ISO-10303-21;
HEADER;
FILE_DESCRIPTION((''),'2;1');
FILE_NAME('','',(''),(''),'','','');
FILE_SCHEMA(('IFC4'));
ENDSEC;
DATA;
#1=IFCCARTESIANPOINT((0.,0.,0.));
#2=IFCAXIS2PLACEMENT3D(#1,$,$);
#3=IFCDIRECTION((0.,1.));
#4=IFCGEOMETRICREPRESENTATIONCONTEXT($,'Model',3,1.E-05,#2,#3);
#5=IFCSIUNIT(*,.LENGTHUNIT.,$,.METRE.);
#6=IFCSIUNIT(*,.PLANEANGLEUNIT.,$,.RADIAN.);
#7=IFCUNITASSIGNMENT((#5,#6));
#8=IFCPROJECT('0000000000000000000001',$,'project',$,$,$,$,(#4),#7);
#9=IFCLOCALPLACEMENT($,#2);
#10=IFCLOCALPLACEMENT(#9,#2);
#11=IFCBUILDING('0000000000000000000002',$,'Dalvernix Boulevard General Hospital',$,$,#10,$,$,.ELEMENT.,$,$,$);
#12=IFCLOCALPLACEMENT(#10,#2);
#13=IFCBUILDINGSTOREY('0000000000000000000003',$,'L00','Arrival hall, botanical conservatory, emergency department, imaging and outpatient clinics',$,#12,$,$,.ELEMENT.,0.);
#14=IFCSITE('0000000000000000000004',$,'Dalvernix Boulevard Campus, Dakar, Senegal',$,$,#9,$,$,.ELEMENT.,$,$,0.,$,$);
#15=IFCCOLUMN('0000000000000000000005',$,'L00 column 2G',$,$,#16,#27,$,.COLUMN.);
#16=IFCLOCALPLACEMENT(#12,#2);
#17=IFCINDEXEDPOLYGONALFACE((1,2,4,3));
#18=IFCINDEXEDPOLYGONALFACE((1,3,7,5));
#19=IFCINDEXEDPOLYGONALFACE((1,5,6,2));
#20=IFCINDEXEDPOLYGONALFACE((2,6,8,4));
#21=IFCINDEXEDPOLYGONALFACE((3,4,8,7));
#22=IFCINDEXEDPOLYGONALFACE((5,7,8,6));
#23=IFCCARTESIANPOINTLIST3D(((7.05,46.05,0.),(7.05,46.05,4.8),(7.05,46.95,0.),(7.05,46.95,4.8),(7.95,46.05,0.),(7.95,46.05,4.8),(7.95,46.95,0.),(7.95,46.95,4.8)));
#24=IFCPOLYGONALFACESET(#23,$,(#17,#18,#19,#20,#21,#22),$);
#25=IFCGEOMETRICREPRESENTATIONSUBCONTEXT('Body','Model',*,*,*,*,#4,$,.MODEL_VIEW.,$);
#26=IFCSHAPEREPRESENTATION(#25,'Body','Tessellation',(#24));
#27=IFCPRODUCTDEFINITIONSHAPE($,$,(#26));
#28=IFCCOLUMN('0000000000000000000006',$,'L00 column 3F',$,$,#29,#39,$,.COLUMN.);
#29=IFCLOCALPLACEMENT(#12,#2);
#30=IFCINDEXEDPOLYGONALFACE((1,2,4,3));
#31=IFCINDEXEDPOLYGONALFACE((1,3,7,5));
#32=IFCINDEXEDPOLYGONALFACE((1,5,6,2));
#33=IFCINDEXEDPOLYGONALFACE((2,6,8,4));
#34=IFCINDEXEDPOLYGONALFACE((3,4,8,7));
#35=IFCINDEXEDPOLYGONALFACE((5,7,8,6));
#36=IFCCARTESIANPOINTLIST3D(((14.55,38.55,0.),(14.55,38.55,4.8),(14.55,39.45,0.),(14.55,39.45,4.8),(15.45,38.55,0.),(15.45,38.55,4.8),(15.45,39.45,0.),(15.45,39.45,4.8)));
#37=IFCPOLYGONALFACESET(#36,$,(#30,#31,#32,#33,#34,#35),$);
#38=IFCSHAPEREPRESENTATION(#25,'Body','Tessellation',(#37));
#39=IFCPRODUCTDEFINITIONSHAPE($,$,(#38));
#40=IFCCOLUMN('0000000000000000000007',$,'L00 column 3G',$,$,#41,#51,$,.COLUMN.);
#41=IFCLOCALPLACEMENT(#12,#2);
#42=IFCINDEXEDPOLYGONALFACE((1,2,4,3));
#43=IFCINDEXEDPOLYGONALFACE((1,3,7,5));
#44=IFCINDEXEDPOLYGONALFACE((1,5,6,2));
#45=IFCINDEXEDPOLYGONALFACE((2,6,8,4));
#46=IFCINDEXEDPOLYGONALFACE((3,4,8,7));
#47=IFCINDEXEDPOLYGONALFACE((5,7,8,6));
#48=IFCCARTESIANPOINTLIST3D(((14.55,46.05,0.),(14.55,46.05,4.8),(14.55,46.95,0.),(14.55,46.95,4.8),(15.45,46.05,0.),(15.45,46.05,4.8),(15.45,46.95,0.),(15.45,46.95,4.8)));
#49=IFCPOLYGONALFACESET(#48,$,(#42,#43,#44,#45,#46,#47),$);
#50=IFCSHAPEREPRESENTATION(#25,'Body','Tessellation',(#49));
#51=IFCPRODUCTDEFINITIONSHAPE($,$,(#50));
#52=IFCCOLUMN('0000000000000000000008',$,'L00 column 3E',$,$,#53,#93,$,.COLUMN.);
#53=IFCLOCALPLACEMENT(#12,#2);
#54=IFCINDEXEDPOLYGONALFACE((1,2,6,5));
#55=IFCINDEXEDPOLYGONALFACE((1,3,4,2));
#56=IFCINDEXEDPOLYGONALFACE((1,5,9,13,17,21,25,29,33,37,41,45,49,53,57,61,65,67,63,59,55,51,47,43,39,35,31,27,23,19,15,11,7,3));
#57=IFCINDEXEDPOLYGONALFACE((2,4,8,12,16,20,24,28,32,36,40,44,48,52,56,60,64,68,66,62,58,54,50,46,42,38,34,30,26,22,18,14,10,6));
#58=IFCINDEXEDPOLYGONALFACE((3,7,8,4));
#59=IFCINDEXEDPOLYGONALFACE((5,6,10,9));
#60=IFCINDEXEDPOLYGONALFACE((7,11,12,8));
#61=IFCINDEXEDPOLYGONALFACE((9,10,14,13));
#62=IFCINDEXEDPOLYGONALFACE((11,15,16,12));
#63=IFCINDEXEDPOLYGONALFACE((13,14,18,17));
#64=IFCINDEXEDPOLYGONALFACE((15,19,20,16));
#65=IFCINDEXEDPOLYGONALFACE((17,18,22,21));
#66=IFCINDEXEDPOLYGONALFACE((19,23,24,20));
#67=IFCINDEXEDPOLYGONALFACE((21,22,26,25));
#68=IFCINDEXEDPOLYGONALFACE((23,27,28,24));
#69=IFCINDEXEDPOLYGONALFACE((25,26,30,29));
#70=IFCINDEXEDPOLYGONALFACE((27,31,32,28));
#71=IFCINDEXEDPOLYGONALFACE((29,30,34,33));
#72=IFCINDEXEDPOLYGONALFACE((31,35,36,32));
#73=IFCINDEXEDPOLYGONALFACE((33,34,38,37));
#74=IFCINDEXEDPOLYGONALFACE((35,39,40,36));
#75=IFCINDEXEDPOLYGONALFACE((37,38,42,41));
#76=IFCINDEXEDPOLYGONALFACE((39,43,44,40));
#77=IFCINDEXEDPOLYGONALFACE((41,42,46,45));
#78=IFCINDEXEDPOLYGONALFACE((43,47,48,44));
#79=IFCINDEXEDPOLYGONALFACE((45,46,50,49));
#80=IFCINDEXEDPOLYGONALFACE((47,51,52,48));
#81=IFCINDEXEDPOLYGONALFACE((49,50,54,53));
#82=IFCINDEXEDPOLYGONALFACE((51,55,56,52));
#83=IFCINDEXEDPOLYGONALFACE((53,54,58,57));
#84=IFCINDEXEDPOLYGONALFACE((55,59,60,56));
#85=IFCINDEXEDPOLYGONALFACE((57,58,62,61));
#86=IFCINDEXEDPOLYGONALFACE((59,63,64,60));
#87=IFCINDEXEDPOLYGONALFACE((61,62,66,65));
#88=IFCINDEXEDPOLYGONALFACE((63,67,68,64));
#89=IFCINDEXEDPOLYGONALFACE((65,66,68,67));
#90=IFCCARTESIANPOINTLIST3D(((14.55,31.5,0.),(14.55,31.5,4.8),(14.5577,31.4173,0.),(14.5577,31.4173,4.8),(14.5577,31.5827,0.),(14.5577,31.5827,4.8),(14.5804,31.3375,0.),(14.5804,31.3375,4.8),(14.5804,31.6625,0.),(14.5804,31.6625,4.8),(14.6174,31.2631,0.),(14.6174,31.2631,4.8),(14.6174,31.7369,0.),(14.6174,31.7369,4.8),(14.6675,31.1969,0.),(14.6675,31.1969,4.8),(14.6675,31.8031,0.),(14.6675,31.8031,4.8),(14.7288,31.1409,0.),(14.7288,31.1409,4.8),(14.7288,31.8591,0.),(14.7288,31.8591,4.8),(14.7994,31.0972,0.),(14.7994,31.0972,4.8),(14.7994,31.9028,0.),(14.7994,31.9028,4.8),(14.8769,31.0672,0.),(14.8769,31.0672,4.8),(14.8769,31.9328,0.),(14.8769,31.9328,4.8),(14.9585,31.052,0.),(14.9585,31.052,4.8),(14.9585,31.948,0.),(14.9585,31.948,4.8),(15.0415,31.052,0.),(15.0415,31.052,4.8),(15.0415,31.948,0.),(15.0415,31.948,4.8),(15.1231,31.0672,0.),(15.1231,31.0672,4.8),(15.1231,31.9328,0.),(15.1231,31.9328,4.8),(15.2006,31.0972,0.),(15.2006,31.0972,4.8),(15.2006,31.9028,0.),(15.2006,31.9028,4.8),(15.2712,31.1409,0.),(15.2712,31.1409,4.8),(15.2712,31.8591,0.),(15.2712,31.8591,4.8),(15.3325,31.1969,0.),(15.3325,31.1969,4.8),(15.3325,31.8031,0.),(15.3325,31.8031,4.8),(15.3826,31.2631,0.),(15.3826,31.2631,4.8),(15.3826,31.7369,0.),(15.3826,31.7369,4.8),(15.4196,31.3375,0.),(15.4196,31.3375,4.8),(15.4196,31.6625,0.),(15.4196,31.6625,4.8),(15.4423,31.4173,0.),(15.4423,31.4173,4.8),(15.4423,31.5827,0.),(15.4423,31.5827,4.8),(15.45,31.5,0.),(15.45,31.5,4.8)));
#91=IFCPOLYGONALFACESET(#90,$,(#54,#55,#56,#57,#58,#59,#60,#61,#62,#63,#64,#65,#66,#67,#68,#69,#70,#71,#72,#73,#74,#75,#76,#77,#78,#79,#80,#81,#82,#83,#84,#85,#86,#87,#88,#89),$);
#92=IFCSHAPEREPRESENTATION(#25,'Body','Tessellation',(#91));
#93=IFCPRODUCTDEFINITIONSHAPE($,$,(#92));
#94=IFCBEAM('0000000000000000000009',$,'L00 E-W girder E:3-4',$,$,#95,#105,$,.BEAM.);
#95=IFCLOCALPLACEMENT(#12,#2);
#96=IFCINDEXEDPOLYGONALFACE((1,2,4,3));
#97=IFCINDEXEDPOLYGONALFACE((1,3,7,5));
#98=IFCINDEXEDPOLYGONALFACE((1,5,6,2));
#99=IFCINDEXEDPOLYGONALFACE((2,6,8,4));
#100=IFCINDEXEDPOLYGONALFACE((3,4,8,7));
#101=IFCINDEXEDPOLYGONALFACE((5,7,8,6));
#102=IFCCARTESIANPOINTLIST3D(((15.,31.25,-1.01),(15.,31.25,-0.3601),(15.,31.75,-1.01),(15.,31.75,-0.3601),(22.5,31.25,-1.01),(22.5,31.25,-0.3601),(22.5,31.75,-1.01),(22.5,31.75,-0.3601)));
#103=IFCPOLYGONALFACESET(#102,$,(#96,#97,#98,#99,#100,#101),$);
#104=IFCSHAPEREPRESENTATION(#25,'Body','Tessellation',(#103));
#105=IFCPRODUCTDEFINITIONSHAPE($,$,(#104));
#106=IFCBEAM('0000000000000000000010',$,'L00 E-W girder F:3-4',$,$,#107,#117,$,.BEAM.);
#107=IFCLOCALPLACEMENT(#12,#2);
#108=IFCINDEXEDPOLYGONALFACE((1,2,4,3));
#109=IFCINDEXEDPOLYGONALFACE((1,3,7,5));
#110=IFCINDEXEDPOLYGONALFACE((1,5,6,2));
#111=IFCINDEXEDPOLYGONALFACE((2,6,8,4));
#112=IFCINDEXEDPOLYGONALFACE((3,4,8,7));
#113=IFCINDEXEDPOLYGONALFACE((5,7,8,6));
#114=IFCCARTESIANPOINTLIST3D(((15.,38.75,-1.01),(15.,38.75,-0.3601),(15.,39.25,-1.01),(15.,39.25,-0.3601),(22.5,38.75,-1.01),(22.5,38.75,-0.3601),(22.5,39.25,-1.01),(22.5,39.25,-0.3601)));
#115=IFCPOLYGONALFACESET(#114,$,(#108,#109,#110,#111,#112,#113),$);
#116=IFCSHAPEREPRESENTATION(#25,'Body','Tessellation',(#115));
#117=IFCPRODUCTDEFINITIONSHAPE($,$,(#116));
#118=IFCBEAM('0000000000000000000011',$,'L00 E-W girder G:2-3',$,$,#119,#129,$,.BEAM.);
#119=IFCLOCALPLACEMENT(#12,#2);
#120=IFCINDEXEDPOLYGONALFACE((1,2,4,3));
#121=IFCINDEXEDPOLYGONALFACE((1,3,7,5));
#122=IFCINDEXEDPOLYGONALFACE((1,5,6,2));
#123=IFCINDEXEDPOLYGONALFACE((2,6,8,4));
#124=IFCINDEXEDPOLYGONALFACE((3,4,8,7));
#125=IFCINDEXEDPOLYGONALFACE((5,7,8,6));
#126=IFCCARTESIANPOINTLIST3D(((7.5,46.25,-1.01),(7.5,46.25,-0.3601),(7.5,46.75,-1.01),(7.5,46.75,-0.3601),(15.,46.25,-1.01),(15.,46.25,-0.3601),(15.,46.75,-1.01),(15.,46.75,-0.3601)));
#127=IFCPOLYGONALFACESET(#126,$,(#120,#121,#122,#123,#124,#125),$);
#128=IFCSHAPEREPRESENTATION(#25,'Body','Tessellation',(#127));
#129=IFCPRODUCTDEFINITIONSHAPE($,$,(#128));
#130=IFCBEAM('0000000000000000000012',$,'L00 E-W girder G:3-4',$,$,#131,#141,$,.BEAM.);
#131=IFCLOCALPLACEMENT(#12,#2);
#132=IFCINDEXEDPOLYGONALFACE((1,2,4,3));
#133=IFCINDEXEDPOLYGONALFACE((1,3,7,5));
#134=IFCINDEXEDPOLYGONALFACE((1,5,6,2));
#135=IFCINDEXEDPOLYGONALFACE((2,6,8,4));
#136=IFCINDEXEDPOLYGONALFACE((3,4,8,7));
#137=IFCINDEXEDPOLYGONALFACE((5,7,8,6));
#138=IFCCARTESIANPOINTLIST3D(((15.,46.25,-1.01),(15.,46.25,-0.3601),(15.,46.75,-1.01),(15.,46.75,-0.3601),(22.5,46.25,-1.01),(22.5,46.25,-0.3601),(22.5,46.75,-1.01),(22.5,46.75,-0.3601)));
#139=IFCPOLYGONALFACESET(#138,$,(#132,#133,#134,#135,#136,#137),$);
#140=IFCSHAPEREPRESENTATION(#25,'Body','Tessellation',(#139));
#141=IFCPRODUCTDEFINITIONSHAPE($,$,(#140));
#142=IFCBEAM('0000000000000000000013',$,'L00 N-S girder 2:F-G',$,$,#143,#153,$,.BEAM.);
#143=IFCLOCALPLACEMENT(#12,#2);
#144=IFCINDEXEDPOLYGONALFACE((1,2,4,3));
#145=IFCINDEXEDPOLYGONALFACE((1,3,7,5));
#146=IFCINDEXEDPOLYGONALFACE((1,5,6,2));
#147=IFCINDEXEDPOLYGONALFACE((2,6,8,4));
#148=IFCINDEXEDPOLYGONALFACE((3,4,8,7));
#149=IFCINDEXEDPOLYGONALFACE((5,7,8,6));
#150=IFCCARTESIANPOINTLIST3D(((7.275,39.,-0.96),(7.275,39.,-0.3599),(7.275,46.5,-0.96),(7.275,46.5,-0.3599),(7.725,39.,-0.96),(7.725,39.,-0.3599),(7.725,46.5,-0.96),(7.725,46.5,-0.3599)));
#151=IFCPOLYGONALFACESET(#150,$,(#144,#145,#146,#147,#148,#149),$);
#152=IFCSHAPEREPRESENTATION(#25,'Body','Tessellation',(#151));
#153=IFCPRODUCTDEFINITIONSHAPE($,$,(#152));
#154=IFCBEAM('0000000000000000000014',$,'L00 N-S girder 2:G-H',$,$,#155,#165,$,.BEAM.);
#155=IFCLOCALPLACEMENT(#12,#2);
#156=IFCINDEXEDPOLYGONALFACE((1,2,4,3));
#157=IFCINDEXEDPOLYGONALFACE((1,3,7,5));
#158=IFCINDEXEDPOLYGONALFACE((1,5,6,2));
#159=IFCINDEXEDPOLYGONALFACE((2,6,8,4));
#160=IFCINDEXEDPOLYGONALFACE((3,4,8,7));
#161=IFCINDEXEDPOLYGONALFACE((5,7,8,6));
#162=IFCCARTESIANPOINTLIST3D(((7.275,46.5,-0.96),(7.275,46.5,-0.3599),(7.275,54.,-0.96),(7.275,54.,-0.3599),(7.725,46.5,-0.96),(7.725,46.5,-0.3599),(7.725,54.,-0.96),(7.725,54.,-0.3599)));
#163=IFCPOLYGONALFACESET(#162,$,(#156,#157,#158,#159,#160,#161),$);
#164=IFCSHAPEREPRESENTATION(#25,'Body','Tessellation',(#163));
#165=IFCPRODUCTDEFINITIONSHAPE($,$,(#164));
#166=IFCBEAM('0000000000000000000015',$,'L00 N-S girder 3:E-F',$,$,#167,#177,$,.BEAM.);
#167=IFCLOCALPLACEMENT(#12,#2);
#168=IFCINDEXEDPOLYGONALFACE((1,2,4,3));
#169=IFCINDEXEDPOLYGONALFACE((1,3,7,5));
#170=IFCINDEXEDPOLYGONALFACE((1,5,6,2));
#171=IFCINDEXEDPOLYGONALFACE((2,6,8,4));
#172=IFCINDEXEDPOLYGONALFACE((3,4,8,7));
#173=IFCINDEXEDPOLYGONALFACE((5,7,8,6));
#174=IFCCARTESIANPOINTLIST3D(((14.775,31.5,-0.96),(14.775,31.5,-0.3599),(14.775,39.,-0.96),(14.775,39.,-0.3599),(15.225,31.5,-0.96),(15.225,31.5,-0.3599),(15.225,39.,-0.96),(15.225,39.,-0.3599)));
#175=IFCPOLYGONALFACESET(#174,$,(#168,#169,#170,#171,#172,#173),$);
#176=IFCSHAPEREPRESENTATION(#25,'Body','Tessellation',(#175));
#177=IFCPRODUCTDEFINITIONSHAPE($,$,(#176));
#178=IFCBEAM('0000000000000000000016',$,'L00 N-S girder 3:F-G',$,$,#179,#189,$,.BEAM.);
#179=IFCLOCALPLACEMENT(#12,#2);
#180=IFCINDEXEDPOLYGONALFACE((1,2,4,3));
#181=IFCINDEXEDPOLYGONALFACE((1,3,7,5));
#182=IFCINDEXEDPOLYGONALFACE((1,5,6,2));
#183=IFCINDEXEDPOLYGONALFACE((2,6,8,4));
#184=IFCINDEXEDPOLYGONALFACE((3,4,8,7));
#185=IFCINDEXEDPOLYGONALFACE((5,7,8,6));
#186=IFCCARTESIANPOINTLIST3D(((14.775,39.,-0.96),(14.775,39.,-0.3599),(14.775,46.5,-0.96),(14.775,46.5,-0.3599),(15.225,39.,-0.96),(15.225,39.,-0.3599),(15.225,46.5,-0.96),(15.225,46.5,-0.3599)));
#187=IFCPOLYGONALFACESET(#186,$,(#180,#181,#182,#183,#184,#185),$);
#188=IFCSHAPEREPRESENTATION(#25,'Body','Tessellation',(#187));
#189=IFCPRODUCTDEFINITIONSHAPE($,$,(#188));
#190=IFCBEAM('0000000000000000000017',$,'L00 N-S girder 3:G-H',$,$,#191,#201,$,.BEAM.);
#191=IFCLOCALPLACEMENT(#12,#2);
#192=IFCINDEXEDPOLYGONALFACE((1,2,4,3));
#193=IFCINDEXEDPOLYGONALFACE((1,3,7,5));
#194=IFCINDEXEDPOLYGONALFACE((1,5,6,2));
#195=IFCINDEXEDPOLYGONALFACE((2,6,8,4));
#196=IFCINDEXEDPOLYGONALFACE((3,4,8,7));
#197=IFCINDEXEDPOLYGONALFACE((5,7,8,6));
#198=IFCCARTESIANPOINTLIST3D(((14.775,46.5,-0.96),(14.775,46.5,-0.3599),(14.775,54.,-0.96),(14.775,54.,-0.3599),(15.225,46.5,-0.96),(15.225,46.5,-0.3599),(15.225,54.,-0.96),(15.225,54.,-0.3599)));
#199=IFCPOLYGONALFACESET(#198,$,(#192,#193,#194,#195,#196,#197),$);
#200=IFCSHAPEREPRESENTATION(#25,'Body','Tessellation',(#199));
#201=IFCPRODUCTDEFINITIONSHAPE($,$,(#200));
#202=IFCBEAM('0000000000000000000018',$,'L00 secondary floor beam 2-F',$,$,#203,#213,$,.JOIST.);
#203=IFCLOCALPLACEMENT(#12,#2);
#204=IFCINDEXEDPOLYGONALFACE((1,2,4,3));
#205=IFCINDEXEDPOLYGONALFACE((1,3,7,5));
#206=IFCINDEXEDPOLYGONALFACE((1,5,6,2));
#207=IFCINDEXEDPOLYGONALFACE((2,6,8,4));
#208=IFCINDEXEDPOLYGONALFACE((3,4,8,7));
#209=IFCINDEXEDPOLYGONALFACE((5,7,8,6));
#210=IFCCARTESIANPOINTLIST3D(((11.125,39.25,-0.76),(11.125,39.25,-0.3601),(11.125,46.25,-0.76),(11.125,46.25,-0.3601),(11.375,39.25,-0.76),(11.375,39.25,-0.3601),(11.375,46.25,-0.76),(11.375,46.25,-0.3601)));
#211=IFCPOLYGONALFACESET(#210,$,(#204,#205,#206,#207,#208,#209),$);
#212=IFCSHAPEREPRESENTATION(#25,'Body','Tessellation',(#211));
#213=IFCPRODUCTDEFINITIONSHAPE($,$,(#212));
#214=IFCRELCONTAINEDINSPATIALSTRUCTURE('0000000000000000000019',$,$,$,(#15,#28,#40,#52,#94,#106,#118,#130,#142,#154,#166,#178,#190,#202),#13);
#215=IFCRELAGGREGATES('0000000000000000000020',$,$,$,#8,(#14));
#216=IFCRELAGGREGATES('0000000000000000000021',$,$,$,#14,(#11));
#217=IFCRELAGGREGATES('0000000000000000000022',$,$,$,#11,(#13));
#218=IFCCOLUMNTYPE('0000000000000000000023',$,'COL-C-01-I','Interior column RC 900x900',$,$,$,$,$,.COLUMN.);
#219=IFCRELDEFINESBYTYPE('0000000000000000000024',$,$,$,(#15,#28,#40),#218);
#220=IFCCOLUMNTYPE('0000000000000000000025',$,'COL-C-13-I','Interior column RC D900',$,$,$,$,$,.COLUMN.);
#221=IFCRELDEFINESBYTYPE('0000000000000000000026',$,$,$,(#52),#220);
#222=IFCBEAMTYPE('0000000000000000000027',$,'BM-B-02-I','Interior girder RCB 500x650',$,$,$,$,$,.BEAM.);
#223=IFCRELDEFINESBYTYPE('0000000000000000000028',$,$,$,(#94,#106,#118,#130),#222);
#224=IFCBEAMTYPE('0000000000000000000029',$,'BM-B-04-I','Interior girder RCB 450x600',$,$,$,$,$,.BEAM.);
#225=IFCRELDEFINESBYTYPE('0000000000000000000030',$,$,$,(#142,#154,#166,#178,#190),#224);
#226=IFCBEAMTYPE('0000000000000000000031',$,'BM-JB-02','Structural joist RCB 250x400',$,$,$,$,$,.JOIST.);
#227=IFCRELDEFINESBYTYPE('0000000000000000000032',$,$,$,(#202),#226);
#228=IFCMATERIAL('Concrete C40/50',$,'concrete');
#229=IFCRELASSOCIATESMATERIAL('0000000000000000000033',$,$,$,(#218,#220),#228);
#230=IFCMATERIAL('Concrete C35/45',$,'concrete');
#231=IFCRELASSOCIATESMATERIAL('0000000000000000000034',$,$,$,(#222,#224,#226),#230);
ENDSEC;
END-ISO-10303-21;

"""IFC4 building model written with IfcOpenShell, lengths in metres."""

from ifc_helpers import new_model, si_unit, direction, frame, origin, origin_2d, place, context, subcontext, project, spatial, rectangle, circle, extrude, material, material_profile, profile_set, type_object, element, save


model = new_model("IFC4")

# Units and contexts
model_context = context("Model", 3, precision=1e-05, world=origin(), true_north=direction((0.0, 1.0)))
body_context = subcontext(model_context, "Body", "Model", "MODEL_VIEW")
ifc_project = project(units=[si_unit("LENGTHUNIT", "METRE"), si_unit("PLANEANGLEUNIT", "RADIAN")], contexts=[model_context])

# Site, building, storey
site_placement = place(None, origin())
site = spatial("IfcSite", under=ifc_project, at=site_placement, Name="Dalvernix Boulevard Campus, Dakar, Senegal", CompositionType="ELEMENT", RefElevation=0.0)
building_placement = place(site_placement, origin())
building = spatial("IfcBuilding", under=site, at=building_placement, Name="Dalvernix Boulevard General Hospital", CompositionType="ELEMENT")
storey_placement = place(building_placement, origin())
storey = spatial("IfcBuildingStorey", under=building, at=storey_placement, Name="L00", Description="Arrival hall, botanical conservatory, emergency department, imaging and outpatient clinics", CompositionType="ELEMENT", Elevation=0.0)

# Columns
ifc_material_1 = material(Name="Concrete C40/50", Category="concrete")
ifc_material_profile_1 = material_profile(ifc_material_1, rectangle(XDim=0.8999, YDim=0.8999, at=origin_2d()), Name="RC 900x900")
ifc_profile_set_1 = profile_set([ifc_material_profile_1], Name="Concrete C40/50")
column_type_1 = type_object("IfcColumnType", Name="COL-C-01-I", Description="Interior column RC 900x900", PredefinedType="COLUMN", material=ifc_profile_set_1)
for number, where, z_axis, x_axis, name in (
    (1, (7.5, 46.5, 0.0), (0.0, 0.0, 1.0), (1.0, 0.0, 0.0), "L00 column 2G"),
    (2, (15.0, 39.0, 0.0), (0.0, 0.0, 1.0), (1.0, 0.0, 0.0), "L00 column 3F"),
    (3, (15.0, 46.5, 0.0), (0.0, 0.0, 1.0), (1.0, 0.0, 0.0), "L00 column 3G"),
):
    element("IfcColumn", number, at=place(storey_placement, frame(where, z_axis=z_axis, x_axis=x_axis)), inside=storey, type_object=column_type_1, Name=name, PredefinedType="COLUMN", context=body_context, shape_type="SweptSolid", body=[
        extrude(rectangle(XDim=0.8999, YDim=0.8999, at=origin_2d()), origin(), (0.0, 0.0, 1.0), 4.8),
    ])
ifc_material_profile_2 = material_profile(ifc_material_1, circle(Radius=0.45, at=origin_2d()), Name="RC D900")
ifc_profile_set_2 = profile_set([ifc_material_profile_2], Name="Concrete C40/50")
column_type_2 = type_object("IfcColumnType", Name="COL-C-13-I", Description="Interior column RC D900", PredefinedType="COLUMN", material=ifc_profile_set_2)
column_placement = place(storey_placement, frame((15.0, 31.5, 0.0), z_axis=(0.0, 0.0, 1.0), x_axis=(1.0, 0.0, 0.0)))
element("IfcColumn", 4, at=column_placement, inside=storey, type_object=column_type_2, Name="L00 column 3E", PredefinedType="COLUMN", context=body_context, shape_type="SweptSolid", body=[
    extrude(circle(Radius=0.45, at=origin_2d()), origin(), (0.0, 0.0, 1.0), 4.8),
])

# Beams
ifc_material_2 = material(Name="Concrete C35/45", Category="concrete")
ifc_material_profile_3 = material_profile(ifc_material_2, rectangle(XDim=0.5, YDim=0.6499, at=origin_2d()), Name="RCB 500x650")
ifc_profile_set_3 = profile_set([ifc_material_profile_3], Name="Concrete C35/45")
beam_type_1 = type_object("IfcBeamType", Name="BM-B-02-I", Description="Interior girder RCB 500x650", PredefinedType="BEAM", material=ifc_profile_set_3)
for number, where, z_axis, x_axis, name in (
    (5, (15.0, 31.5, -0.6851), (1.0, 0.0, 0.0), (0.0, 1.0, 0.0), "L00 E-W girder E:3-4"),
    (6, (15.0, 39.0, -0.6851), (1.0, 0.0, 0.0), (0.0, 1.0, 0.0), "L00 E-W girder F:3-4"),
    (7, (7.5, 46.5, -0.6851), (1.0, 0.0, 0.0), (0.0, 1.0, 0.0), "L00 E-W girder G:2-3"),
    (8, (15.0, 46.5, -0.6851), (1.0, 0.0, 0.0), (0.0, 1.0, 0.0), "L00 E-W girder G:3-4"),
):
    element("IfcBeam", number, at=place(storey_placement, frame(where, z_axis=z_axis, x_axis=x_axis)), inside=storey, type_object=beam_type_1, Name=name, PredefinedType="BEAM", context=body_context, shape_type="SweptSolid", body=[
        extrude(rectangle(XDim=0.5, YDim=0.6499, at=origin_2d()), origin(), (0.0, 0.0, 1.0), 7.5),
    ])
ifc_material_profile_4 = material_profile(ifc_material_2, rectangle(XDim=0.45, YDim=0.6001, at=origin_2d()), Name="RCB 450x600")
ifc_profile_set_4 = profile_set([ifc_material_profile_4], Name="Concrete C35/45")
beam_type_2 = type_object("IfcBeamType", Name="BM-B-04-I", Description="Interior girder RCB 450x600", PredefinedType="BEAM", material=ifc_profile_set_4)
for number, where, z_axis, x_axis, name in (
    (9, (7.5, 39.0, -0.6599), (0.0, 1.0, 0.0), (-1.0, 0.0, 0.0), "L00 N-S girder 2:F-G"),
    (10, (7.5, 46.5, -0.6599), (0.0, 1.0, 0.0), (-1.0, 0.0, 0.0), "L00 N-S girder 2:G-H"),
    (11, (15.0, 31.5, -0.6599), (0.0, 1.0, 0.0), (-1.0, 0.0, 0.0), "L00 N-S girder 3:E-F"),
    (12, (15.0, 39.0, -0.6599), (0.0, 1.0, 0.0), (-1.0, 0.0, 0.0), "L00 N-S girder 3:F-G"),
    (13, (15.0, 46.5, -0.6599), (0.0, 1.0, 0.0), (-1.0, 0.0, 0.0), "L00 N-S girder 3:G-H"),
):
    element("IfcBeam", number, at=place(storey_placement, frame(where, z_axis=z_axis, x_axis=x_axis)), inside=storey, type_object=beam_type_2, Name=name, PredefinedType="BEAM", context=body_context, shape_type="SweptSolid", body=[
        extrude(rectangle(XDim=0.45, YDim=0.6001, at=origin_2d()), origin(), (0.0, 0.0, 1.0), 7.5),
    ])
ifc_material_profile_5 = material_profile(ifc_material_2, rectangle(XDim=0.25, YDim=0.3999, at=origin_2d()), Name="RCB 250x400")
ifc_profile_set_5 = profile_set([ifc_material_profile_5], Name="Concrete C35/45")
beam_type_3 = type_object("IfcBeamType", Name="BM-JB-02", Description="Structural joist RCB 250x400", PredefinedType="JOIST", material=ifc_profile_set_5)
beam_placement = place(storey_placement, frame((11.25, 39.25, -0.5601), z_axis=(0.0, 1.0, 0.0), x_axis=(-1.0, 0.0, 0.0)))
element("IfcBeam", 14, at=beam_placement, inside=storey, type_object=beam_type_3, Name="L00 secondary floor beam 2-F", PredefinedType="JOIST", context=body_context, shape_type="SweptSolid", body=[
    extrude(rectangle(XDim=0.25, YDim=0.3999, at=origin_2d()), origin(), (0.0, 0.0, 1.0), 7.0),
])

save(model, "model.ifc")
